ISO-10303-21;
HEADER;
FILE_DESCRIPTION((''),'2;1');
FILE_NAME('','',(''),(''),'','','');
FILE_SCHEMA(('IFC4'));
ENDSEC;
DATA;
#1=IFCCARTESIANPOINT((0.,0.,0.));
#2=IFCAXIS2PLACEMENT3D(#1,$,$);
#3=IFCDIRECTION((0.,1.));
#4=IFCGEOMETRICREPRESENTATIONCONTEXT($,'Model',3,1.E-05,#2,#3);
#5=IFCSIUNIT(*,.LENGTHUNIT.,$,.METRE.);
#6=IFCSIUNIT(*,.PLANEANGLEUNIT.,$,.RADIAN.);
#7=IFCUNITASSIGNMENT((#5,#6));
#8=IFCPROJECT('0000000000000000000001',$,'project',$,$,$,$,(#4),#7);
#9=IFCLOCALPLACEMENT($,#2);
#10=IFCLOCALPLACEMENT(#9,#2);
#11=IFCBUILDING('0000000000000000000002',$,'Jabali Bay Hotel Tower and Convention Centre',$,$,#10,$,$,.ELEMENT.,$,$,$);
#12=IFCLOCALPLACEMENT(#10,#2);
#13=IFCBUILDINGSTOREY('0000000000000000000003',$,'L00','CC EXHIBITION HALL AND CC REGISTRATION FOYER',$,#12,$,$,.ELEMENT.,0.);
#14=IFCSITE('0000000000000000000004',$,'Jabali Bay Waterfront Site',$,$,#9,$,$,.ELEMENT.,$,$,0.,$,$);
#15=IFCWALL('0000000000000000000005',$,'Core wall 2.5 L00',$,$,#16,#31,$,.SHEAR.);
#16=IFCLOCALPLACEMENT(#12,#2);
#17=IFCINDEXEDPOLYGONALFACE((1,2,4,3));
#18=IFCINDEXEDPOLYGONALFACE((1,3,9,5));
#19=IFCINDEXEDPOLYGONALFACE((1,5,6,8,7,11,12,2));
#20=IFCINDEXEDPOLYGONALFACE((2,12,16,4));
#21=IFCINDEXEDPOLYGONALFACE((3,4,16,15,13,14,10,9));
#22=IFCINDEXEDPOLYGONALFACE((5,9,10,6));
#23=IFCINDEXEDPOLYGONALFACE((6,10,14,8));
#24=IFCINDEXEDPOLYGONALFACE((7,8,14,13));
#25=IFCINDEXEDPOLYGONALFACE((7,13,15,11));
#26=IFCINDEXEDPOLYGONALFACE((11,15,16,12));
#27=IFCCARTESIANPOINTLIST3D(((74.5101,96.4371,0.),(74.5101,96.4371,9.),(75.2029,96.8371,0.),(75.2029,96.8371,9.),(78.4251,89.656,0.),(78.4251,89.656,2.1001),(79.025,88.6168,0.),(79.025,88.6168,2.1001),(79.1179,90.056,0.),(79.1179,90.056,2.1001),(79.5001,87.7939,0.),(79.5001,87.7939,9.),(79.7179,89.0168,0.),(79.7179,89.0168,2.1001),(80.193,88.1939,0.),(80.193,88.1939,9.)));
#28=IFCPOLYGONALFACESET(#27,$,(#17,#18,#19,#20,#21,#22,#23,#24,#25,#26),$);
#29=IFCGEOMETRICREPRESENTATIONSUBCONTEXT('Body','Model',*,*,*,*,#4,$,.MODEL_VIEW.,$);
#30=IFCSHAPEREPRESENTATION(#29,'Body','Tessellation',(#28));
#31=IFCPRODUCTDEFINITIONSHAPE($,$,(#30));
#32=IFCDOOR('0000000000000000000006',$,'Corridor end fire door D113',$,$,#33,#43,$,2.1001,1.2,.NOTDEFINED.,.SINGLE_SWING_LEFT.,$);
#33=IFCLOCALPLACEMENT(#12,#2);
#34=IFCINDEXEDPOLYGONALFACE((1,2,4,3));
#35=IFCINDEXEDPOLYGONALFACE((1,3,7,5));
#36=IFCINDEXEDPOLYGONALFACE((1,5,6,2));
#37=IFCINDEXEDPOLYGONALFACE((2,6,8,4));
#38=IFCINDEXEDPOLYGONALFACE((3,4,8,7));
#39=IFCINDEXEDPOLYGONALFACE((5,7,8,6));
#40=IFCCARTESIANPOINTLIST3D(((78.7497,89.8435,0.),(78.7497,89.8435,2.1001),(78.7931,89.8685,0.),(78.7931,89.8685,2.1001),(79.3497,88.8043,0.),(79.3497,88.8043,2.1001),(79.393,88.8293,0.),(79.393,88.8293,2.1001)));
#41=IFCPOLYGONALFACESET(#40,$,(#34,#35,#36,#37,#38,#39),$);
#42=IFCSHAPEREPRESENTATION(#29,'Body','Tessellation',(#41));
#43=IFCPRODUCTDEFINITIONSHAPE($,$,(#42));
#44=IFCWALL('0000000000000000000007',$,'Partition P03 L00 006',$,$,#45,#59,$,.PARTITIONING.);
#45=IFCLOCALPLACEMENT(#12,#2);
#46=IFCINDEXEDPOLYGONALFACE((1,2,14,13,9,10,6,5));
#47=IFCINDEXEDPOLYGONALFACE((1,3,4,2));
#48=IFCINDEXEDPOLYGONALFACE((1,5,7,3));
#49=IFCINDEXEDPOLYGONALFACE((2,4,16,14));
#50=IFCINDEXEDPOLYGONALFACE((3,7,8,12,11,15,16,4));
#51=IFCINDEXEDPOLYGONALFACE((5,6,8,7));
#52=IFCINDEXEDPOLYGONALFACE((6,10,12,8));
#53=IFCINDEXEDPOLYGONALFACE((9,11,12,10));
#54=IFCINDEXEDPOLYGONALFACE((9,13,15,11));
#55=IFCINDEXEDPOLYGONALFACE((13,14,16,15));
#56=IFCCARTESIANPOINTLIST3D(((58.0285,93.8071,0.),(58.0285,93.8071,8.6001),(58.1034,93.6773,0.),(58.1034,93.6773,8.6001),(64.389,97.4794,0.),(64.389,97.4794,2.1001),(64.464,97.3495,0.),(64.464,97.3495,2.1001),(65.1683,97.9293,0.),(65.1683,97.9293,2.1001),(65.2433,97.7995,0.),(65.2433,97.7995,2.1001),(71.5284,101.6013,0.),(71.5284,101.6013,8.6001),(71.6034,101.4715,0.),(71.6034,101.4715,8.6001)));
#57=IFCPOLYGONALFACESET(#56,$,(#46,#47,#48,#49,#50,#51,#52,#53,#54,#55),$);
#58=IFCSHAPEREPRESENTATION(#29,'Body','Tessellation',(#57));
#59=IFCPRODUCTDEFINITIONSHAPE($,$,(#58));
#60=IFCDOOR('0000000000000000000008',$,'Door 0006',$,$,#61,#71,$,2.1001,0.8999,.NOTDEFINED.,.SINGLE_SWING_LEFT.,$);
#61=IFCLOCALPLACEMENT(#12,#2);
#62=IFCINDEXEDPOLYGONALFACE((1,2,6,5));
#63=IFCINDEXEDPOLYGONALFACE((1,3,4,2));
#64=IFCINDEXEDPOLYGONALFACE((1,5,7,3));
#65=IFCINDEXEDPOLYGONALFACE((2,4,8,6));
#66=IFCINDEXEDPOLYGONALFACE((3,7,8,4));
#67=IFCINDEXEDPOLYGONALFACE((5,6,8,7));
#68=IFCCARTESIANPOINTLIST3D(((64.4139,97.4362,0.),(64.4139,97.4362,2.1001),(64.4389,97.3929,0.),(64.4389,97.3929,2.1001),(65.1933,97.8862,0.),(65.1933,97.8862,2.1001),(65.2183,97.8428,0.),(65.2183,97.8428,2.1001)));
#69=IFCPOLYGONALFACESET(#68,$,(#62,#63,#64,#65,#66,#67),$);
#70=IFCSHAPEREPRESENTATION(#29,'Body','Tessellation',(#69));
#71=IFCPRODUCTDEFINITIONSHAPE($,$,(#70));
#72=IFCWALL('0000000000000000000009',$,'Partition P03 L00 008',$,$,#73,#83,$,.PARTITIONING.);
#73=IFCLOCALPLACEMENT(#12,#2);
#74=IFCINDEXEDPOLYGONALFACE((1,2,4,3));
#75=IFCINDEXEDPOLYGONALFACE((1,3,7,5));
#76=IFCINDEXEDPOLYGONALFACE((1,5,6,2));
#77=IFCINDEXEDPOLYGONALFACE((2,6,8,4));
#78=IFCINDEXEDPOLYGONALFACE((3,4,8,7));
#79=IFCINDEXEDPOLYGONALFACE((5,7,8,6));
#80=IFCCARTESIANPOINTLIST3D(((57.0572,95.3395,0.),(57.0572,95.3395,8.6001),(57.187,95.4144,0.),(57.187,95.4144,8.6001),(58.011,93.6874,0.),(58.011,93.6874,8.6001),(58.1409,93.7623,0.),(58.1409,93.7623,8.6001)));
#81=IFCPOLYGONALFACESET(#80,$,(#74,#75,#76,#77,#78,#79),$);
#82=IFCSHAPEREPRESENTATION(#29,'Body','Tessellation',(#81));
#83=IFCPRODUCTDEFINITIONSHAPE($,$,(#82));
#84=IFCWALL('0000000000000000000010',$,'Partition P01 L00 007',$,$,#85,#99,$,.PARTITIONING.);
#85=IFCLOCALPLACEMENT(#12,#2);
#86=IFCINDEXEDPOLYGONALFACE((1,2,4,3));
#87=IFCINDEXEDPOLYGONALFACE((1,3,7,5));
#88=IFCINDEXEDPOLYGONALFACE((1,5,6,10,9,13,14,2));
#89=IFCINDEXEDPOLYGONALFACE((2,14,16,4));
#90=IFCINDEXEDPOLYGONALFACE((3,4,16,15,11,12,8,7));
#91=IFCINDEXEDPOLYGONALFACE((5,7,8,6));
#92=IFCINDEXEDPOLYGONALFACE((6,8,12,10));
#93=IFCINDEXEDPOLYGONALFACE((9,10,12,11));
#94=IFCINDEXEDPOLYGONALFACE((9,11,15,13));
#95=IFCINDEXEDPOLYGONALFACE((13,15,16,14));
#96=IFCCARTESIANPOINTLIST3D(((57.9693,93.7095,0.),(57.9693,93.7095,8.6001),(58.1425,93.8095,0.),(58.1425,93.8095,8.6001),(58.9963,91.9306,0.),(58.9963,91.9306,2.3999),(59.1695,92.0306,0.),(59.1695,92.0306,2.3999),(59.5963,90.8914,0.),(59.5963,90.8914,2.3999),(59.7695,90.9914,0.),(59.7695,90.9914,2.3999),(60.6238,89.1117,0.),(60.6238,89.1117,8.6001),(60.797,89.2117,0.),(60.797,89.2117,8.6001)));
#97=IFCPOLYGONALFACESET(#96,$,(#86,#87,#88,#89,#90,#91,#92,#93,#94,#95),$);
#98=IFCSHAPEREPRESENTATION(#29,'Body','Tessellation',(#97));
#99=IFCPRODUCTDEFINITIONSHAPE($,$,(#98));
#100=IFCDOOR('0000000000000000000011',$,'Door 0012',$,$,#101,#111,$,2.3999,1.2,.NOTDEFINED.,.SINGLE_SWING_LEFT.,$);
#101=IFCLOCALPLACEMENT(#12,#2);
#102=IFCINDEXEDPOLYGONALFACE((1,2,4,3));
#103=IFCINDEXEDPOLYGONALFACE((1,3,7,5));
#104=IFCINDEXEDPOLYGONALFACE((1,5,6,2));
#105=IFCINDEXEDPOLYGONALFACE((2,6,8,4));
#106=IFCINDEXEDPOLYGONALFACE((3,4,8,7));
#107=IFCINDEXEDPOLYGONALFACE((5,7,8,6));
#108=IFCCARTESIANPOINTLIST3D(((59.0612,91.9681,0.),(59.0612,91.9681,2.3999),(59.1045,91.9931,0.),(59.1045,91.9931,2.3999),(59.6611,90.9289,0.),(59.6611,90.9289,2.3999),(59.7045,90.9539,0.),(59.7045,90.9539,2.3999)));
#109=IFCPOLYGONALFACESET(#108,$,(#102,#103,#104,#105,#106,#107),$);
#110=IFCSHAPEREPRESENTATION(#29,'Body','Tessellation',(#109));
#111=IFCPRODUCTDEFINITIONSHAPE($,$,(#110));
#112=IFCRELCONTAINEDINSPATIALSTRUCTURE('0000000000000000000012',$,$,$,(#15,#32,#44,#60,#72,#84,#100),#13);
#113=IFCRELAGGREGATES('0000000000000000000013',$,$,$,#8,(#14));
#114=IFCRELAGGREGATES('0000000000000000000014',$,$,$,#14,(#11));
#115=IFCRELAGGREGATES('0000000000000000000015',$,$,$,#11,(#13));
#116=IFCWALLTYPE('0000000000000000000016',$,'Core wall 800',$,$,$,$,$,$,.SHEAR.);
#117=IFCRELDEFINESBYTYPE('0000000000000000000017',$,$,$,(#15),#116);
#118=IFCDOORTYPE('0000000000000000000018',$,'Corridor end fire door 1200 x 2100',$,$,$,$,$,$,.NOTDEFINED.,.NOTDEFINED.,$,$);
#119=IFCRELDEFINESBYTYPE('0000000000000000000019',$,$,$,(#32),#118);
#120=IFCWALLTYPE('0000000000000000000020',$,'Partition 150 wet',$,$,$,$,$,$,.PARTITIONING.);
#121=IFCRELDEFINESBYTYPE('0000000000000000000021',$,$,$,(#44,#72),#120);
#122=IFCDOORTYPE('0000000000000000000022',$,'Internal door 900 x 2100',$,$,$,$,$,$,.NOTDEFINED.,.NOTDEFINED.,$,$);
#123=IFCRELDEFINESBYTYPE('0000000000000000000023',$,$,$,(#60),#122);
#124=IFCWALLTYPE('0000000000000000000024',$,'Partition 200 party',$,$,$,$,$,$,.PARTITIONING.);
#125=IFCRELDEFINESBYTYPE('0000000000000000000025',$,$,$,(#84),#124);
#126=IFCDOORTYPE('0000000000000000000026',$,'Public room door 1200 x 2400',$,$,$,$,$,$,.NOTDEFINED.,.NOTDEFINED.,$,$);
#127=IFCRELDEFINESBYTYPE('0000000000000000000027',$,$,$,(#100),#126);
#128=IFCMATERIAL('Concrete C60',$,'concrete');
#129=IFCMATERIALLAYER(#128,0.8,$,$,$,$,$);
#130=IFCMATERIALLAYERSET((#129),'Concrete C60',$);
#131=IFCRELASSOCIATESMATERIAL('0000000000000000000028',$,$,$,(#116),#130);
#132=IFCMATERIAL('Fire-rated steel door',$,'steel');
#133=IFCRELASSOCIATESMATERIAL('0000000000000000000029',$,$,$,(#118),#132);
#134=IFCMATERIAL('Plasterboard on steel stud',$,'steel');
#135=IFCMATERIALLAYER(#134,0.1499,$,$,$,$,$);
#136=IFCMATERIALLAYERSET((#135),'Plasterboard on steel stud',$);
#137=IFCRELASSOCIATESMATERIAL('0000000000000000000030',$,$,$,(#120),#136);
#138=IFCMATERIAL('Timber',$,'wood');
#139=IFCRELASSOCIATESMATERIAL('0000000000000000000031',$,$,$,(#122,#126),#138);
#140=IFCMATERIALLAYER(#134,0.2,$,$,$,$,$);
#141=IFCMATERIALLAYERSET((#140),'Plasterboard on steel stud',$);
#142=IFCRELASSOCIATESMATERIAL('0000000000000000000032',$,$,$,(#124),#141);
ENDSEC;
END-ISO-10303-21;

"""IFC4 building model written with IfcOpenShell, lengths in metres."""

from ifc_helpers import new_model, si_unit, direction, frame, frame_2d, origin, place, context, subcontext, project, spatial, rectangle, extrude, material, layer, layer_set, type_object, element, fill, save


model = new_model("IFC4")

# Units and contexts
model_context = context("Model", 3, precision=1e-05, world=origin(), true_north=direction((0.0, 1.0)))
body_context = subcontext(model_context, "Body", "Model", "MODEL_VIEW")
ifc_project = project(units=[si_unit("LENGTHUNIT", "METRE"), si_unit("PLANEANGLEUNIT", "RADIAN")], contexts=[model_context])

# Site, building, storey
site_placement = place(None, origin())
site = spatial("IfcSite", under=ifc_project, at=site_placement, Name="Jabali Bay Waterfront Site", CompositionType="ELEMENT", RefElevation=0.0)
building_placement = place(site_placement, origin())
building = spatial("IfcBuilding", under=site, at=building_placement, Name="Jabali Bay Hotel Tower and Convention Centre", CompositionType="ELEMENT")
storey_placement = place(building_placement, origin())
storey = spatial("IfcBuildingStorey", under=building, at=storey_placement, Name="L00", Description="CC EXHIBITION HALL AND CC REGISTRATION FOYER", CompositionType="ELEMENT", Elevation=0.0)

# Shared definitions
ifc_material_1 = material(Name="Concrete C60", Category="concrete")

# Shared definitions
ifc_material_2 = material(Name="Fire-rated steel door", Category="steel")

# Walls, openings, doors
ifc_layer_1 = layer(ifc_material_1, 0.8)
ifc_layer_set_1 = layer_set([ifc_layer_1], Name="Concrete C60")
wall_type_1 = type_object("IfcWallType", Name="Core wall 800", PredefinedType="SHEAR", material=ifc_layer_set_1)
wall_1_placement = place(storey_placement, frame((74.8564, 96.6372, 0.0), z_axis=(0.0, 0.0, 1.0), x_axis=(0.499994, -0.866029, 0.0)))
wall_1 = element("IfcWall", 1, at=wall_1_placement, inside=storey, type_object=wall_type_1, Name="Core wall 2.5 L00", PredefinedType="SHEAR", context=body_context, shape_type="SweptSolid", body=[
    extrude(rectangle(XDim=9.9802, YDim=0.8, at=frame_2d((4.9902, 0.0))), origin(), (0.0, 0.0, 1.0), 9.0),
])
opening_1_placement = place(wall_1_placement, frame((7.8301, 0.0, 0.0)))
opening_1 = element("IfcOpeningElement", 2, at=opening_1_placement, cuts=wall_1, PredefinedType="OPENING", context=body_context, shape_type="SweptSolid", body=[
    extrude(rectangle(XDim=1.2, YDim=2.1001, at=frame_2d((0.6001, 1.05))), frame((0.0, 0.4106, 0.0), z_axis=(0.0, -1.0, 0.0), x_axis=(1.0, 0.0, 0.0)), (0.0, 0.0, 1.0), 0.821),
])
door_type_1 = type_object("IfcDoorType", Name="Corridor end fire door 1200 x 2100", OperationType="NOTDEFINED", PredefinedType="NOTDEFINED", material=ifc_material_2)
door_1_placement = place(opening_1_placement, origin())
door_1 = element("IfcDoor", 3, at=door_1_placement, inside=storey, type_object=door_type_1, Name="Corridor end fire door D113", OperationType="SINGLE_SWING_LEFT", OverallHeight=2.1001, OverallWidth=1.2, PredefinedType="NOTDEFINED", context=body_context, shape_type="SweptSolid", body=[
    extrude(rectangle(XDim=1.2, YDim=2.1001, at=frame_2d((0.6001, 1.05))), frame((0.0, 0.0249, 0.0), z_axis=(0.0, -1.0, 0.0), x_axis=(1.0, 0.0, 0.0)), (0.0, 0.0, 1.0), 0.05),
])
fill(opening_1, door_1)
ifc_material_3 = material(Name="Plasterboard on steel stud", Category="steel")
ifc_layer_2 = layer(ifc_material_3, 0.1499)
ifc_layer_set_2 = layer_set([ifc_layer_2], Name="Plasterboard on steel stud")
wall_type_2 = type_object("IfcWallType", Name="Partition 150 wet", PredefinedType="PARTITIONING", material=ifc_layer_set_2)
wall_2_placement = place(storey_placement, frame((71.5659, 101.5364, 0.0), z_axis=(0.0, 0.0, 1.0), x_axis=(-0.866026, -0.499998, 0.0)))
wall_2 = element("IfcWall", 4, at=wall_2_placement, inside=storey, type_object=wall_type_2, Name="Partition P03 L00 006", PredefinedType="PARTITIONING", context=body_context, shape_type="SweptSolid", body=[
    extrude(rectangle(XDim=15.5884, YDim=0.1499, at=frame_2d((7.7942, 0.0))), origin(), (0.0, 0.0, 1.0), 8.6001),
])
opening_2_placement = place(wall_2_placement, frame((7.344, 0.0, 0.0)))
opening_2 = element("IfcOpeningElement", 5, at=opening_2_placement, cuts=wall_2, PredefinedType="OPENING", context=body_context, shape_type="SweptSolid", body=[
    extrude(rectangle(XDim=0.8999, YDim=2.1001, at=frame_2d((0.45, 1.05))), frame((0.0, 0.0854, 0.0), z_axis=(0.0, -1.0, 0.0), x_axis=(1.0, 0.0, 0.0)), (0.0, 0.0, 1.0), 0.1709),
])
ifc_material_4 = material(Name="Timber", Category="wood")
door_type_2 = type_object("IfcDoorType", Name="Internal door 900 x 2100", OperationType="NOTDEFINED", PredefinedType="NOTDEFINED", material=ifc_material_4)
door_2_placement = place(opening_2_placement, origin())
door_2 = element("IfcDoor", 6, at=door_2_placement, inside=storey, type_object=door_type_2, Name="Door 0006", OperationType="SINGLE_SWING_LEFT", OverallHeight=2.1001, OverallWidth=0.8999, PredefinedType="NOTDEFINED", context=body_context, shape_type="SweptSolid", body=[
    extrude(rectangle(XDim=0.8999, YDim=2.1001, at=frame_2d((0.45, 1.05))), frame((0.0, 0.0249, 0.0), z_axis=(0.0, -1.0, 0.0), x_axis=(1.0, 0.0, 0.0)), (0.0, 0.0, 1.0), 0.05),
])
fill(opening_2, door_2)

# Wall
wall_3_placement = place(storey_placement, frame((57.1221, 95.377, 0.0), z_axis=(0.0, 0.0, 1.0), x_axis=(0.500007, -0.866021, 0.0)))
element("IfcWall", 7, at=wall_3_placement, inside=storey, type_object=wall_type_2, Name="Partition P03 L00 008", PredefinedType="PARTITIONING", context=body_context, shape_type="SweptSolid", body=[
    extrude(rectangle(XDim=1.9077, YDim=0.1499, at=frame_2d((0.9539, 0.0))), origin(), (0.0, 0.0, 1.0), 8.6001),
])

# Wall, opening, door
ifc_layer_3 = layer(ifc_material_3, 0.2)
ifc_layer_set_3 = layer_set([ifc_layer_3], Name="Plasterboard on steel stud")
wall_type_3 = type_object("IfcWallType", Name="Partition 200 party", PredefinedType="PARTITIONING", material=ifc_layer_set_3)
wall_4_placement = place(storey_placement, frame((58.0559, 93.7595, 0.0), z_axis=(0.0, 0.0, 1.0), x_axis=(0.499992, -0.86603, 0.0)))
wall_4 = element("IfcWall", 8, at=wall_4_placement, inside=storey, type_object=wall_type_3, Name="Partition P01 L00 007", PredefinedType="PARTITIONING", context=body_context, shape_type="SweptSolid", body=[
    extrude(rectangle(XDim=5.3091, YDim=0.2, at=frame_2d((2.6545, 0.0))), origin(), (0.0, 0.0, 1.0), 8.6001),
])
opening_3_placement = place(wall_4_placement, frame((2.054, 0.0, 0.0)))
opening_3 = element("IfcOpeningElement", 9, at=opening_3_placement, cuts=wall_4, PredefinedType="OPENING", context=body_context, shape_type="SweptSolid", body=[
    extrude(rectangle(XDim=1.2, YDim=2.3999, at=frame_2d((0.6001, 1.2))), frame((0.0, 0.1104, 0.0), z_axis=(0.0, -1.0, 0.0), x_axis=(1.0, 0.0, 0.0)), (0.0, 0.0, 1.0), 0.2209),
])
door_type_3 = type_object("IfcDoorType", Name="Public room door 1200 x 2400", OperationType="NOTDEFINED", PredefinedType="NOTDEFINED", material=ifc_material_4)
door_3_placement = place(opening_3_placement, origin())
door_3 = element("IfcDoor", 10, at=door_3_placement, inside=storey, type_object=door_type_3, Name="Door 0012", OperationType="SINGLE_SWING_LEFT", OverallHeight=2.3999, OverallWidth=1.2, PredefinedType="NOTDEFINED", context=body_context, shape_type="SweptSolid", body=[
    extrude(rectangle(XDim=1.2, YDim=2.3999, at=frame_2d((0.6001, 1.2))), frame((0.0, 0.0249, 0.0), z_axis=(0.0, -1.0, 0.0), x_axis=(1.0, 0.0, 0.0)), (0.0, 0.0, 1.0), 0.05),
])
fill(opening_3, door_3)

save(model, "model.ifc")
